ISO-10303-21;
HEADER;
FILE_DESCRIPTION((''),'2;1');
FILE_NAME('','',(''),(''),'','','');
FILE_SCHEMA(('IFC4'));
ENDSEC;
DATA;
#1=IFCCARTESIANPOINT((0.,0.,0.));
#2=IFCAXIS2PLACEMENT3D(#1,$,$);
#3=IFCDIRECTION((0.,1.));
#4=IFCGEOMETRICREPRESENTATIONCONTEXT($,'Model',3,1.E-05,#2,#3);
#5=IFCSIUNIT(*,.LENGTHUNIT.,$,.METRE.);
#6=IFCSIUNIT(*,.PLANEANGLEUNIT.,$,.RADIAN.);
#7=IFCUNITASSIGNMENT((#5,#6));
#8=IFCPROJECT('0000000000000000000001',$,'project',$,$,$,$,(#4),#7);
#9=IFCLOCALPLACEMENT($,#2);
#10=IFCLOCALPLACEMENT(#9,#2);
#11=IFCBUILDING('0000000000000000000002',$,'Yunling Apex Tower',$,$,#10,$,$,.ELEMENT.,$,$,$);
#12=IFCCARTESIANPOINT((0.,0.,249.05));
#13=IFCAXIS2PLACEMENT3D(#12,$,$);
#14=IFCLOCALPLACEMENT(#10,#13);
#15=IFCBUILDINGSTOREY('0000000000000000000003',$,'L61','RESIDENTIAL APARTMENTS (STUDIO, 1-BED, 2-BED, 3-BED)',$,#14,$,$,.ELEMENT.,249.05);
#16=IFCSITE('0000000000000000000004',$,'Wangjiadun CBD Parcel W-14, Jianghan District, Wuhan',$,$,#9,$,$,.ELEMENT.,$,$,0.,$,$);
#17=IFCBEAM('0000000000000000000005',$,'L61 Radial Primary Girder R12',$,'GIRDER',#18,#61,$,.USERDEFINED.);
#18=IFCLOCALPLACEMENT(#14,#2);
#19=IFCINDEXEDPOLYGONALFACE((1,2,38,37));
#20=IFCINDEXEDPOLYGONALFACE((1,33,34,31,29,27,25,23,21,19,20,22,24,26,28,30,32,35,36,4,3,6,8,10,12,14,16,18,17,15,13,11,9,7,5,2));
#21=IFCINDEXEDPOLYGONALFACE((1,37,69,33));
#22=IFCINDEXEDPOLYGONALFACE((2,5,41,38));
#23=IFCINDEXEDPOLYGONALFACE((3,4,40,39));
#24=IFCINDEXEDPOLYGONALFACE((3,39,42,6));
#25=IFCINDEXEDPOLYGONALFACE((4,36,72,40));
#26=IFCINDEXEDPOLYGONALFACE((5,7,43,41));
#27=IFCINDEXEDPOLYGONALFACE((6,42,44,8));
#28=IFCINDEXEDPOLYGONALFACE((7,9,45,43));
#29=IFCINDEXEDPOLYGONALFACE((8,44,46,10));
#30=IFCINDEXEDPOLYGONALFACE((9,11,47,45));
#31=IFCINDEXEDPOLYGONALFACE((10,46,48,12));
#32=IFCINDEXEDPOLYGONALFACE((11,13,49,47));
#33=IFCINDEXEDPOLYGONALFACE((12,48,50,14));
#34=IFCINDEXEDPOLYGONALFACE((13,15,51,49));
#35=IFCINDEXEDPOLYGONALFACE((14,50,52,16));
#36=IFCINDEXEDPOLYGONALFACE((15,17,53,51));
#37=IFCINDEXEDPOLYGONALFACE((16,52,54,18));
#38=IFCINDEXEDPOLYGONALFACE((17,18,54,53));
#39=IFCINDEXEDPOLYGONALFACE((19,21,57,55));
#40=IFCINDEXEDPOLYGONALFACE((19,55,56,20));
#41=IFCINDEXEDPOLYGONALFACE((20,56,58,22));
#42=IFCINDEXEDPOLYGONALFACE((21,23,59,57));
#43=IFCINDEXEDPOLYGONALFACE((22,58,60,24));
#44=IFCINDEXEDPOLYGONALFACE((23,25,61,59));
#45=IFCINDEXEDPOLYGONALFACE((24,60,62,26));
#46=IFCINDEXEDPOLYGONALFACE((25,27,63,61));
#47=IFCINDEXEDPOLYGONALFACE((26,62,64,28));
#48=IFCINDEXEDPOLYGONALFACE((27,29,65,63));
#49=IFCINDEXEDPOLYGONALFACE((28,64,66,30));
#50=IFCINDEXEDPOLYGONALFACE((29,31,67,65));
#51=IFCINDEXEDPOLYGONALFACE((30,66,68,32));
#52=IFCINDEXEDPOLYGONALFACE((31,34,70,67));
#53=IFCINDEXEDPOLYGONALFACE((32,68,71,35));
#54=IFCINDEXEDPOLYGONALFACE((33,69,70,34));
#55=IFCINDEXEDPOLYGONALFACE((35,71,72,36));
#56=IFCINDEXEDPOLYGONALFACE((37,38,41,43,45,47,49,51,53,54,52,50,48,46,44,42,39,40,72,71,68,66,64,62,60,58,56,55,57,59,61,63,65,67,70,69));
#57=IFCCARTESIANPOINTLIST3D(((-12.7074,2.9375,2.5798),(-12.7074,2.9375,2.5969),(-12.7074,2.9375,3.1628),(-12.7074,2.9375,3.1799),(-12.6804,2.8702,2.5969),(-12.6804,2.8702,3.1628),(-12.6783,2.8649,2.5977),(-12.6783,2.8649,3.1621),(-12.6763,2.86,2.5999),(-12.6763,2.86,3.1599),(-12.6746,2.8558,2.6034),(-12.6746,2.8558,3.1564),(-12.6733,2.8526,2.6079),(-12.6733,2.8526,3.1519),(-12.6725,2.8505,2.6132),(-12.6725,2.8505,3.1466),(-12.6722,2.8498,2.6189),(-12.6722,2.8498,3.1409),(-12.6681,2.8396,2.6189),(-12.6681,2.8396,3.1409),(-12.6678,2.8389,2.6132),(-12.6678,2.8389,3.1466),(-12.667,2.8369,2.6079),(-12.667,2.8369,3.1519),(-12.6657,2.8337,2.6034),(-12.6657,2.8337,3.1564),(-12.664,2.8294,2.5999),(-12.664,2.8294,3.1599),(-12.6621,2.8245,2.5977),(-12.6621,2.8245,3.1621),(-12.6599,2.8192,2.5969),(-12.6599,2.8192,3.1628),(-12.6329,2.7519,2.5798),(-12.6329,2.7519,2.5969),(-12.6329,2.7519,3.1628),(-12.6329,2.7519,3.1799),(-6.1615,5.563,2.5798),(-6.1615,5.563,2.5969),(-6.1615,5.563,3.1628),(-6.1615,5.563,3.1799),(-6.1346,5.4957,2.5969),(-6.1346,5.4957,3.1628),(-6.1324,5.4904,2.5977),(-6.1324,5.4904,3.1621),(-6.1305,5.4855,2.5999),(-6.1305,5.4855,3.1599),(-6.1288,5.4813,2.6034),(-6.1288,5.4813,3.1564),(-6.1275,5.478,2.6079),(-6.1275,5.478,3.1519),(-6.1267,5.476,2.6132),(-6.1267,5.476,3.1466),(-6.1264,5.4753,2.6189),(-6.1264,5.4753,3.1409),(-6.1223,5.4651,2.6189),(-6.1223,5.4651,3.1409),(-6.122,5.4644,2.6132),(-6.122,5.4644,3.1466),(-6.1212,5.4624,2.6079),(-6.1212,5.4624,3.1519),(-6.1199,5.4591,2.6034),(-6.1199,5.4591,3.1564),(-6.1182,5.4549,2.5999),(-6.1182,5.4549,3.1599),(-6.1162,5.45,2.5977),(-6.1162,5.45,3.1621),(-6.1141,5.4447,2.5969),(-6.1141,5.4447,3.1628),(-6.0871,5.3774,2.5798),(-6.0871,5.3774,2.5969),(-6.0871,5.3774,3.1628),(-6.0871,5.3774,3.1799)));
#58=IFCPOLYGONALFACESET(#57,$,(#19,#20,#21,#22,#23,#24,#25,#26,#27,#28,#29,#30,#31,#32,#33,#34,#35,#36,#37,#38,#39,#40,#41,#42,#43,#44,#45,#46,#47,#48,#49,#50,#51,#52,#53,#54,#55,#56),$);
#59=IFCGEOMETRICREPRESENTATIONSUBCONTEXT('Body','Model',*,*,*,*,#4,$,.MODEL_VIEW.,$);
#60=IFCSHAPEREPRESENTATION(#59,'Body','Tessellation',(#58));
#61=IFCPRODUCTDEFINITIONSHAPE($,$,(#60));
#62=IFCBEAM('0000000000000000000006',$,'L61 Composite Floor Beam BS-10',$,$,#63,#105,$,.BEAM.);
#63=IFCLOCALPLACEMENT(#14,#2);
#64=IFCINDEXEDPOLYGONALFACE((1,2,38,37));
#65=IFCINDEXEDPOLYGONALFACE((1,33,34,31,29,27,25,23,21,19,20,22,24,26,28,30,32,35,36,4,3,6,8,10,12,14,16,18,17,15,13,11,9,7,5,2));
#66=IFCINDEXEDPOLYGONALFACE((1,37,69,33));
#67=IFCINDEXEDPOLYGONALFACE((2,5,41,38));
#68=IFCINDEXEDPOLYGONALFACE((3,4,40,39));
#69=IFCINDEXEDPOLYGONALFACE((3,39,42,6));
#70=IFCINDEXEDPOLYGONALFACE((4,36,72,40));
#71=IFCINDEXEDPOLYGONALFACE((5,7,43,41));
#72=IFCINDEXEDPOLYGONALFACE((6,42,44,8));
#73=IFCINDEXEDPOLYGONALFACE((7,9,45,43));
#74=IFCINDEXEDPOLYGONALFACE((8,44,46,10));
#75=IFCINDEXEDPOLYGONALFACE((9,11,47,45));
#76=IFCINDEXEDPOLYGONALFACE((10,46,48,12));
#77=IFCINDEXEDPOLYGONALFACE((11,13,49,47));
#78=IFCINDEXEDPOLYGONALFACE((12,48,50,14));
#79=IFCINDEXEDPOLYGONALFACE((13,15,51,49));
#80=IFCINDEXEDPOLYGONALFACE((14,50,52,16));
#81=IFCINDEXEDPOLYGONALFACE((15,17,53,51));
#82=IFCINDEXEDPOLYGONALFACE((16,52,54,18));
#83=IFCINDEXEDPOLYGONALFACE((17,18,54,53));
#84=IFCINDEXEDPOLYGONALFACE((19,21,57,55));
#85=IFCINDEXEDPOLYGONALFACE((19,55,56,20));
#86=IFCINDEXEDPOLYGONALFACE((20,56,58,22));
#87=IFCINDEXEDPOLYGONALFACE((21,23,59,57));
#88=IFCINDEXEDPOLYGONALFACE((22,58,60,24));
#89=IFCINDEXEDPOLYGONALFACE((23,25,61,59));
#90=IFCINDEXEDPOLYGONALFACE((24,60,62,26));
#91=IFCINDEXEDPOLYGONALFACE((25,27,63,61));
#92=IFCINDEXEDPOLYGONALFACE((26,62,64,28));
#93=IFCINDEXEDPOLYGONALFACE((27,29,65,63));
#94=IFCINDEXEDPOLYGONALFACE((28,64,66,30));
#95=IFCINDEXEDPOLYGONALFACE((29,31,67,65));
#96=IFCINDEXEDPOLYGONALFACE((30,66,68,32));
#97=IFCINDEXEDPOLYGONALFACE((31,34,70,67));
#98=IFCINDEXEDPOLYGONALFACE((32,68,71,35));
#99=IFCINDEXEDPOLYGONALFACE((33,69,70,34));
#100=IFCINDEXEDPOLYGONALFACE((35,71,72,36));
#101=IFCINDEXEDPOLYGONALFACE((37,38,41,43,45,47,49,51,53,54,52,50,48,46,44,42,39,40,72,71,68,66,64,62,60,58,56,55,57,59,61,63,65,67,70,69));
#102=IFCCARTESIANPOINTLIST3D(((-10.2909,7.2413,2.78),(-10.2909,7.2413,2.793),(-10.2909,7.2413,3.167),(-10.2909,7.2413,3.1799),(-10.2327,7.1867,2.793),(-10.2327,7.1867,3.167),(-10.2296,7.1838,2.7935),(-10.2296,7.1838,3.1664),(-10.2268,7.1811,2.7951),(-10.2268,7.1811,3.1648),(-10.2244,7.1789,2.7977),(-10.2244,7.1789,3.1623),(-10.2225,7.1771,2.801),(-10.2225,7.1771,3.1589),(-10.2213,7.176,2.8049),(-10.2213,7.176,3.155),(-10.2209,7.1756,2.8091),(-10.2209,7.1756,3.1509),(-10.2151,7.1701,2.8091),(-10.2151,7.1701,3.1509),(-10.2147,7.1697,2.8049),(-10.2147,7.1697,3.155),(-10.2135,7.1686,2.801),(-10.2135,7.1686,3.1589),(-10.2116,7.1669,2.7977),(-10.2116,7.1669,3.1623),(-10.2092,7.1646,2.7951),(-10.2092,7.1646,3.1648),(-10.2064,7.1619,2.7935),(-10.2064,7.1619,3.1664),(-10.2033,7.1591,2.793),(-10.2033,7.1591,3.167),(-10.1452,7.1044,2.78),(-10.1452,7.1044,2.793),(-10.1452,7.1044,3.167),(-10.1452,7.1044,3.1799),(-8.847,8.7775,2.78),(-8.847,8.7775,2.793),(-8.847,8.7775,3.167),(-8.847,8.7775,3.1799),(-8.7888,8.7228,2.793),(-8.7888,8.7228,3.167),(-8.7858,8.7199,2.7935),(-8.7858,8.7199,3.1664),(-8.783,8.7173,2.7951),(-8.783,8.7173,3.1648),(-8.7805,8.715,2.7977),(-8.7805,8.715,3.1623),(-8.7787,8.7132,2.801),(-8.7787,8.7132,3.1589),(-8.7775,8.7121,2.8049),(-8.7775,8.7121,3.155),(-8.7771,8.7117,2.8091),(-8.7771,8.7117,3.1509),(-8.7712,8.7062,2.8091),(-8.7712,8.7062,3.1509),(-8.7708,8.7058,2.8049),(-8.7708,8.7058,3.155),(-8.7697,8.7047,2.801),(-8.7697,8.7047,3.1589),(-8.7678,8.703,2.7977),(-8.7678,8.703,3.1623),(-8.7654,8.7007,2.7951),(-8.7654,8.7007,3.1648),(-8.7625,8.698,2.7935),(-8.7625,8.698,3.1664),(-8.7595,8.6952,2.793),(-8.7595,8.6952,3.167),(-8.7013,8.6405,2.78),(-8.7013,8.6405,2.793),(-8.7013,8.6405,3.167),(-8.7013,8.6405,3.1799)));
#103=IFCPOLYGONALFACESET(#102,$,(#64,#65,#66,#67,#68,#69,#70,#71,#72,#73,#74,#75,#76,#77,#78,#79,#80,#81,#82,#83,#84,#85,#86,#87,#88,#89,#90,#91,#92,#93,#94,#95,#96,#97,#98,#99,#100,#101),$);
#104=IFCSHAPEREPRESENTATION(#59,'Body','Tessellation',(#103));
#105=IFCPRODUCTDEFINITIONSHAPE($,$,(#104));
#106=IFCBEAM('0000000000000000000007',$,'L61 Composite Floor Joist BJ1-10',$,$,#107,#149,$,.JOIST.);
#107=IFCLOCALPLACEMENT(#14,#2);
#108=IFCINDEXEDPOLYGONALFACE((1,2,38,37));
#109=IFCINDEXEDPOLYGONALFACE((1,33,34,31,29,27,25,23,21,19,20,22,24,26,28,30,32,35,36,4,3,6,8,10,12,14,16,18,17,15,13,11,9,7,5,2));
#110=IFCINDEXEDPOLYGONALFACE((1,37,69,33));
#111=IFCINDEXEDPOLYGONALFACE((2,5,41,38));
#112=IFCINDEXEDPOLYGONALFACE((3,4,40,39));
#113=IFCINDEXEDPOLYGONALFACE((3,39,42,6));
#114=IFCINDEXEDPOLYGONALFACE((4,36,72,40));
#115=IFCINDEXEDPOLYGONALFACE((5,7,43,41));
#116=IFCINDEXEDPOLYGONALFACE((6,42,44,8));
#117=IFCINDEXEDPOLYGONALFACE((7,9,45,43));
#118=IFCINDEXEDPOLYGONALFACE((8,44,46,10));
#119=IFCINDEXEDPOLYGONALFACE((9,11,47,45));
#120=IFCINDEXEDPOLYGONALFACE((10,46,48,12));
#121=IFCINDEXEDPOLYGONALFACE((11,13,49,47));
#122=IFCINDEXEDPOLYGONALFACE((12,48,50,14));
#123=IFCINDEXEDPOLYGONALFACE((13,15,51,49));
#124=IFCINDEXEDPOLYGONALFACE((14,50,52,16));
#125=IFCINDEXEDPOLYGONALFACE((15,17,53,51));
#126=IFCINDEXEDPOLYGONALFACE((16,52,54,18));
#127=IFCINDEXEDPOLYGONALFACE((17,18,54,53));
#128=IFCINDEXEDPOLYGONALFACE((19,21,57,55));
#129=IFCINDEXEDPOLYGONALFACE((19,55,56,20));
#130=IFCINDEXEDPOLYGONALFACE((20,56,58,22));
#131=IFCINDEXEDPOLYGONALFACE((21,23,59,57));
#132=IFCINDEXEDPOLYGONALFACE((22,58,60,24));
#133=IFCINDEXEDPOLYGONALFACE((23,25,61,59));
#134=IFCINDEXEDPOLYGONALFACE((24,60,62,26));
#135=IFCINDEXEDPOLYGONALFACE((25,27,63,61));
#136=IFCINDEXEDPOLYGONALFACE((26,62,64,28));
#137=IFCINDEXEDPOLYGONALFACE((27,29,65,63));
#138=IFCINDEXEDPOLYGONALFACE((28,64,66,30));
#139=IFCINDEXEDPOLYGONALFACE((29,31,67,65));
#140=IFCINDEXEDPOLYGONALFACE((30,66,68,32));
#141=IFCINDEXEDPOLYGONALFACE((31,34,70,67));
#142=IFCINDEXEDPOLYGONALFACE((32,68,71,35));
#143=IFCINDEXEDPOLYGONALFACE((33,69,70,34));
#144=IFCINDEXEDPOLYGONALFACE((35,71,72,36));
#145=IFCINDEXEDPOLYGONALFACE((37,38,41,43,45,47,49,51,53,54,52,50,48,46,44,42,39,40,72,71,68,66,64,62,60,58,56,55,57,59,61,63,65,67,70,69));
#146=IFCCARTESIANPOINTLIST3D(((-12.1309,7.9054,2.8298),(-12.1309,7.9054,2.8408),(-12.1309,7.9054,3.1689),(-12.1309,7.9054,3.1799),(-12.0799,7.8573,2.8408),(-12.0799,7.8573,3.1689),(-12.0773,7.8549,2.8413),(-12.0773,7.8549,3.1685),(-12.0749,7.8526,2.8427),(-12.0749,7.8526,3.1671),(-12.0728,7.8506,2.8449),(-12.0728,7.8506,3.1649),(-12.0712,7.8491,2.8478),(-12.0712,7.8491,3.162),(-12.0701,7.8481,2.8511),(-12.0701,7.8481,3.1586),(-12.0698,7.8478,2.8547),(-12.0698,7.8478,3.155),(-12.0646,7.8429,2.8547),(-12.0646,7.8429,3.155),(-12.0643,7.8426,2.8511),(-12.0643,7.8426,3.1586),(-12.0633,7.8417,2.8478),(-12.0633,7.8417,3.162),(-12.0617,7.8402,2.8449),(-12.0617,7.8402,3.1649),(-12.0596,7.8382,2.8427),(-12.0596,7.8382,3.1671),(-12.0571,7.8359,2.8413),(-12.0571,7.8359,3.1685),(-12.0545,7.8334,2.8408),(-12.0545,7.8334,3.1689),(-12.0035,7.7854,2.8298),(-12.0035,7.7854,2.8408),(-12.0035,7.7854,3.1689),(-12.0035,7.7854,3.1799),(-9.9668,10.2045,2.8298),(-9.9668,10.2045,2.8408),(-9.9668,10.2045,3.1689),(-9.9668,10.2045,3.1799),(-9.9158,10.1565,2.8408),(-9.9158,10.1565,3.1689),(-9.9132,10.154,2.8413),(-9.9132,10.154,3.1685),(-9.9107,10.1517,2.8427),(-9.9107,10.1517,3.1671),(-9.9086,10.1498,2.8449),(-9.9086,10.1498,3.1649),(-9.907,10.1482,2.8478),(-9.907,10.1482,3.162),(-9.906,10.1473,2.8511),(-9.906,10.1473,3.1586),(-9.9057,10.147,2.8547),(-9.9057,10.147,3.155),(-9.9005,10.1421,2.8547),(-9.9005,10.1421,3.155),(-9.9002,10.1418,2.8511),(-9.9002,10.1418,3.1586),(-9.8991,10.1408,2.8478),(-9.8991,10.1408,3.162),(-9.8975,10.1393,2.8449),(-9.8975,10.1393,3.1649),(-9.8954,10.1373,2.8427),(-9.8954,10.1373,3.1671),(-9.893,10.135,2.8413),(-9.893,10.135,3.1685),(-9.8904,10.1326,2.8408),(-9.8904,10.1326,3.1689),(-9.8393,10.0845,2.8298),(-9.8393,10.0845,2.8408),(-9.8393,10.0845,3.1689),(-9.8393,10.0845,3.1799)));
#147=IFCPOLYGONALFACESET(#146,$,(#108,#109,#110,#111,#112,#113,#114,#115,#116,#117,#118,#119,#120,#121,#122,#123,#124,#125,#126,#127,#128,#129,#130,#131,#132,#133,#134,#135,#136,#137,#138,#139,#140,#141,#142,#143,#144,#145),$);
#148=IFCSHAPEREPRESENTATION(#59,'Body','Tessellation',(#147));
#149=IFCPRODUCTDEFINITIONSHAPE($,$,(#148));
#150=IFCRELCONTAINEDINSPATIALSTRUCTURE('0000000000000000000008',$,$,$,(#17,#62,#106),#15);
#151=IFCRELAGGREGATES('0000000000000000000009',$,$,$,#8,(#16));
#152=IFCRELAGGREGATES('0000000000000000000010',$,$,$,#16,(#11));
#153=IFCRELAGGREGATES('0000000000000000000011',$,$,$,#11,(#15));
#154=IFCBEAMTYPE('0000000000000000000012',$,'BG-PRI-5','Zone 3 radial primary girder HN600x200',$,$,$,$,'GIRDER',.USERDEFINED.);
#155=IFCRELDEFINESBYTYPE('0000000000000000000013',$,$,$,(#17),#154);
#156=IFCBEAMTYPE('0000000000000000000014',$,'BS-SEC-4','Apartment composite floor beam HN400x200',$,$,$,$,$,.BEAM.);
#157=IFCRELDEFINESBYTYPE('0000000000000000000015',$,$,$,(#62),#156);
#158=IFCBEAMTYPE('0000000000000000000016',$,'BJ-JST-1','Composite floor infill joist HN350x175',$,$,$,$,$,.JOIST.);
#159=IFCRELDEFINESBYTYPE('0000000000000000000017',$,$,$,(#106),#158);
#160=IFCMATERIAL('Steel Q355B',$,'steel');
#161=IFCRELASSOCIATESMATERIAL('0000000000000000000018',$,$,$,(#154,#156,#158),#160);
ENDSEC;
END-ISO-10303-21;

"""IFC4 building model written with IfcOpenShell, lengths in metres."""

from ifc_helpers import new_model, si_unit, direction, frame, origin, origin_2d, place, context, subcontext, project, spatial, i_section, extrude, source, transform, mapped, material, material_profile, profile_set, type_object, element, save


model = new_model("IFC4")

# Units and contexts
model_context = context("Model", 3, precision=1e-05, world=origin(), true_north=direction((0.0, 1.0)))
body_context = subcontext(model_context, "Body", "Model", "MODEL_VIEW")
ifc_project = project(units=[si_unit("LENGTHUNIT", "METRE"), si_unit("PLANEANGLEUNIT", "RADIAN")], contexts=[model_context])

# Site, building, storey
site_placement = place(None, origin())
site = spatial("IfcSite", under=ifc_project, at=site_placement, Name="Wangjiadun CBD Parcel W-14, Jianghan District, Wuhan", CompositionType="ELEMENT", RefElevation=0.0)
building_placement = place(site_placement, origin())
building = spatial("IfcBuilding", under=site, at=building_placement, Name="Yunling Apex Tower", CompositionType="ELEMENT")
storey_placement = place(building_placement, frame((0.0, 0.0, 249.05)))
storey = spatial("IfcBuildingStorey", under=building, at=storey_placement, Name="L61", Description="RESIDENTIAL APARTMENTS (STUDIO, 1-BED, 2-BED, 3-BED)", CompositionType="ELEMENT", Elevation=249.05)

# Beams
ifc_material_1 = material(Name="Steel Q355B", Category="steel")
ifc_material_profile_1 = material_profile(ifc_material_1, i_section(OverallWidth=0.2, OverallDepth=0.6001, WebThickness=0.011, FlangeThickness=0.0171, FilletRadius=0.022, at=origin_2d()))
ifc_profile_set_1 = profile_set([ifc_material_profile_1], Name="Steel Q355B")
beam_type_1 = type_object("IfcBeamType", Name="BG-PRI-5", Description="Zone 3 radial primary girder HN600x200", ElementType="GIRDER", PredefinedType="USERDEFINED", material=ifc_profile_set_1)
shared_shape_1 = source(origin(), body_context, "Body", "SweptSolid", [
    extrude(i_section(OverallWidth=0.2, OverallDepth=0.6001, WebThickness=0.011, FlangeThickness=0.0171, FilletRadius=0.022, at=origin_2d()), origin(), (0.0, 0.0, 1.0), 7.0527),
])
beam_1_placement = place(storey_placement, frame((-12.6702, 2.8447, 2.8799), z_axis=(0.928128, 0.372262, 0.0), x_axis=(-0.372262, 0.928128, 0.0)))
element("IfcBeam", 1, at=beam_1_placement, inside=storey, type_object=beam_type_1, Name="L61 Radial Primary Girder R12", ObjectType="GIRDER", PredefinedType="USERDEFINED", context=body_context, shape_type="MappedRepresentation", body=[
    mapped(shared_shape_1, transform((0.0, 0.0, 0.0), scale=1.0)),
])
ifc_material_profile_2 = material_profile(ifc_material_1, i_section(OverallWidth=0.2, OverallDepth=0.3999, WebThickness=0.0081, FlangeThickness=0.0129, FilletRadius=0.0161, at=origin_2d()))
ifc_profile_set_2 = profile_set([ifc_material_profile_2], Name="Steel Q355B")
beam_type_2 = type_object("IfcBeamType", Name="BS-SEC-4", Description="Apartment composite floor beam HN400x200", PredefinedType="BEAM", material=ifc_profile_set_2)
shared_shape_2 = source(origin(), body_context, "Body", "SweptSolid", [
    extrude(i_section(OverallWidth=0.2, OverallDepth=0.3999, WebThickness=0.0081, FlangeThickness=0.0129, FilletRadius=0.0161, at=origin_2d()), origin(), (0.0, 0.0, 1.0), 2.1082),
])
beam_2_placement = place(storey_placement, frame((-8.7742, 8.709, 2.98), z_axis=(-0.68488, -0.728655, 0.0), x_axis=(0.728655, -0.68488, 0.0)))
element("IfcBeam", 2, at=beam_2_placement, inside=storey, type_object=beam_type_2, Name="L61 Composite Floor Beam BS-10", PredefinedType="BEAM", context=body_context, shape_type="MappedRepresentation", body=[
    mapped(shared_shape_2, transform((0.0, 0.0, 0.0), scale=1.0)),
])
ifc_material_profile_3 = material_profile(ifc_material_1, i_section(OverallWidth=0.175, OverallDepth=0.3501, WebThickness=0.0071, FlangeThickness=0.011, FilletRadius=0.0139, at=origin_2d()))
ifc_profile_set_3 = profile_set([ifc_material_profile_3], Name="Steel Q355B")
beam_type_3 = type_object("IfcBeamType", Name="BJ-JST-1", Description="Composite floor infill joist HN350x175", PredefinedType="JOIST", material=ifc_profile_set_3)
shared_shape_3 = source(origin(), body_context, "Body", "SweptSolid", [
    extrude(i_section(OverallWidth=0.175, OverallDepth=0.3501, WebThickness=0.0071, FlangeThickness=0.011, FilletRadius=0.0139, at=origin_2d()), origin(), (0.0, 0.0, 1.0), 3.1575),
])
beam_3_placement = place(storey_placement, frame((-9.9031, 10.1445, 3.0049), z_axis=(-0.685403, -0.728164, 0.0), x_axis=(0.728164, -0.685403, 0.0)))
element("IfcBeam", 3, at=beam_3_placement, inside=storey, type_object=beam_type_3, Name="L61 Composite Floor Joist BJ1-10", PredefinedType="JOIST", context=body_context, shape_type="MappedRepresentation", body=[
    mapped(shared_shape_3, transform((0.0, 0.0, 0.0), scale=1.0)),
])

save(model, "model.ifc")
